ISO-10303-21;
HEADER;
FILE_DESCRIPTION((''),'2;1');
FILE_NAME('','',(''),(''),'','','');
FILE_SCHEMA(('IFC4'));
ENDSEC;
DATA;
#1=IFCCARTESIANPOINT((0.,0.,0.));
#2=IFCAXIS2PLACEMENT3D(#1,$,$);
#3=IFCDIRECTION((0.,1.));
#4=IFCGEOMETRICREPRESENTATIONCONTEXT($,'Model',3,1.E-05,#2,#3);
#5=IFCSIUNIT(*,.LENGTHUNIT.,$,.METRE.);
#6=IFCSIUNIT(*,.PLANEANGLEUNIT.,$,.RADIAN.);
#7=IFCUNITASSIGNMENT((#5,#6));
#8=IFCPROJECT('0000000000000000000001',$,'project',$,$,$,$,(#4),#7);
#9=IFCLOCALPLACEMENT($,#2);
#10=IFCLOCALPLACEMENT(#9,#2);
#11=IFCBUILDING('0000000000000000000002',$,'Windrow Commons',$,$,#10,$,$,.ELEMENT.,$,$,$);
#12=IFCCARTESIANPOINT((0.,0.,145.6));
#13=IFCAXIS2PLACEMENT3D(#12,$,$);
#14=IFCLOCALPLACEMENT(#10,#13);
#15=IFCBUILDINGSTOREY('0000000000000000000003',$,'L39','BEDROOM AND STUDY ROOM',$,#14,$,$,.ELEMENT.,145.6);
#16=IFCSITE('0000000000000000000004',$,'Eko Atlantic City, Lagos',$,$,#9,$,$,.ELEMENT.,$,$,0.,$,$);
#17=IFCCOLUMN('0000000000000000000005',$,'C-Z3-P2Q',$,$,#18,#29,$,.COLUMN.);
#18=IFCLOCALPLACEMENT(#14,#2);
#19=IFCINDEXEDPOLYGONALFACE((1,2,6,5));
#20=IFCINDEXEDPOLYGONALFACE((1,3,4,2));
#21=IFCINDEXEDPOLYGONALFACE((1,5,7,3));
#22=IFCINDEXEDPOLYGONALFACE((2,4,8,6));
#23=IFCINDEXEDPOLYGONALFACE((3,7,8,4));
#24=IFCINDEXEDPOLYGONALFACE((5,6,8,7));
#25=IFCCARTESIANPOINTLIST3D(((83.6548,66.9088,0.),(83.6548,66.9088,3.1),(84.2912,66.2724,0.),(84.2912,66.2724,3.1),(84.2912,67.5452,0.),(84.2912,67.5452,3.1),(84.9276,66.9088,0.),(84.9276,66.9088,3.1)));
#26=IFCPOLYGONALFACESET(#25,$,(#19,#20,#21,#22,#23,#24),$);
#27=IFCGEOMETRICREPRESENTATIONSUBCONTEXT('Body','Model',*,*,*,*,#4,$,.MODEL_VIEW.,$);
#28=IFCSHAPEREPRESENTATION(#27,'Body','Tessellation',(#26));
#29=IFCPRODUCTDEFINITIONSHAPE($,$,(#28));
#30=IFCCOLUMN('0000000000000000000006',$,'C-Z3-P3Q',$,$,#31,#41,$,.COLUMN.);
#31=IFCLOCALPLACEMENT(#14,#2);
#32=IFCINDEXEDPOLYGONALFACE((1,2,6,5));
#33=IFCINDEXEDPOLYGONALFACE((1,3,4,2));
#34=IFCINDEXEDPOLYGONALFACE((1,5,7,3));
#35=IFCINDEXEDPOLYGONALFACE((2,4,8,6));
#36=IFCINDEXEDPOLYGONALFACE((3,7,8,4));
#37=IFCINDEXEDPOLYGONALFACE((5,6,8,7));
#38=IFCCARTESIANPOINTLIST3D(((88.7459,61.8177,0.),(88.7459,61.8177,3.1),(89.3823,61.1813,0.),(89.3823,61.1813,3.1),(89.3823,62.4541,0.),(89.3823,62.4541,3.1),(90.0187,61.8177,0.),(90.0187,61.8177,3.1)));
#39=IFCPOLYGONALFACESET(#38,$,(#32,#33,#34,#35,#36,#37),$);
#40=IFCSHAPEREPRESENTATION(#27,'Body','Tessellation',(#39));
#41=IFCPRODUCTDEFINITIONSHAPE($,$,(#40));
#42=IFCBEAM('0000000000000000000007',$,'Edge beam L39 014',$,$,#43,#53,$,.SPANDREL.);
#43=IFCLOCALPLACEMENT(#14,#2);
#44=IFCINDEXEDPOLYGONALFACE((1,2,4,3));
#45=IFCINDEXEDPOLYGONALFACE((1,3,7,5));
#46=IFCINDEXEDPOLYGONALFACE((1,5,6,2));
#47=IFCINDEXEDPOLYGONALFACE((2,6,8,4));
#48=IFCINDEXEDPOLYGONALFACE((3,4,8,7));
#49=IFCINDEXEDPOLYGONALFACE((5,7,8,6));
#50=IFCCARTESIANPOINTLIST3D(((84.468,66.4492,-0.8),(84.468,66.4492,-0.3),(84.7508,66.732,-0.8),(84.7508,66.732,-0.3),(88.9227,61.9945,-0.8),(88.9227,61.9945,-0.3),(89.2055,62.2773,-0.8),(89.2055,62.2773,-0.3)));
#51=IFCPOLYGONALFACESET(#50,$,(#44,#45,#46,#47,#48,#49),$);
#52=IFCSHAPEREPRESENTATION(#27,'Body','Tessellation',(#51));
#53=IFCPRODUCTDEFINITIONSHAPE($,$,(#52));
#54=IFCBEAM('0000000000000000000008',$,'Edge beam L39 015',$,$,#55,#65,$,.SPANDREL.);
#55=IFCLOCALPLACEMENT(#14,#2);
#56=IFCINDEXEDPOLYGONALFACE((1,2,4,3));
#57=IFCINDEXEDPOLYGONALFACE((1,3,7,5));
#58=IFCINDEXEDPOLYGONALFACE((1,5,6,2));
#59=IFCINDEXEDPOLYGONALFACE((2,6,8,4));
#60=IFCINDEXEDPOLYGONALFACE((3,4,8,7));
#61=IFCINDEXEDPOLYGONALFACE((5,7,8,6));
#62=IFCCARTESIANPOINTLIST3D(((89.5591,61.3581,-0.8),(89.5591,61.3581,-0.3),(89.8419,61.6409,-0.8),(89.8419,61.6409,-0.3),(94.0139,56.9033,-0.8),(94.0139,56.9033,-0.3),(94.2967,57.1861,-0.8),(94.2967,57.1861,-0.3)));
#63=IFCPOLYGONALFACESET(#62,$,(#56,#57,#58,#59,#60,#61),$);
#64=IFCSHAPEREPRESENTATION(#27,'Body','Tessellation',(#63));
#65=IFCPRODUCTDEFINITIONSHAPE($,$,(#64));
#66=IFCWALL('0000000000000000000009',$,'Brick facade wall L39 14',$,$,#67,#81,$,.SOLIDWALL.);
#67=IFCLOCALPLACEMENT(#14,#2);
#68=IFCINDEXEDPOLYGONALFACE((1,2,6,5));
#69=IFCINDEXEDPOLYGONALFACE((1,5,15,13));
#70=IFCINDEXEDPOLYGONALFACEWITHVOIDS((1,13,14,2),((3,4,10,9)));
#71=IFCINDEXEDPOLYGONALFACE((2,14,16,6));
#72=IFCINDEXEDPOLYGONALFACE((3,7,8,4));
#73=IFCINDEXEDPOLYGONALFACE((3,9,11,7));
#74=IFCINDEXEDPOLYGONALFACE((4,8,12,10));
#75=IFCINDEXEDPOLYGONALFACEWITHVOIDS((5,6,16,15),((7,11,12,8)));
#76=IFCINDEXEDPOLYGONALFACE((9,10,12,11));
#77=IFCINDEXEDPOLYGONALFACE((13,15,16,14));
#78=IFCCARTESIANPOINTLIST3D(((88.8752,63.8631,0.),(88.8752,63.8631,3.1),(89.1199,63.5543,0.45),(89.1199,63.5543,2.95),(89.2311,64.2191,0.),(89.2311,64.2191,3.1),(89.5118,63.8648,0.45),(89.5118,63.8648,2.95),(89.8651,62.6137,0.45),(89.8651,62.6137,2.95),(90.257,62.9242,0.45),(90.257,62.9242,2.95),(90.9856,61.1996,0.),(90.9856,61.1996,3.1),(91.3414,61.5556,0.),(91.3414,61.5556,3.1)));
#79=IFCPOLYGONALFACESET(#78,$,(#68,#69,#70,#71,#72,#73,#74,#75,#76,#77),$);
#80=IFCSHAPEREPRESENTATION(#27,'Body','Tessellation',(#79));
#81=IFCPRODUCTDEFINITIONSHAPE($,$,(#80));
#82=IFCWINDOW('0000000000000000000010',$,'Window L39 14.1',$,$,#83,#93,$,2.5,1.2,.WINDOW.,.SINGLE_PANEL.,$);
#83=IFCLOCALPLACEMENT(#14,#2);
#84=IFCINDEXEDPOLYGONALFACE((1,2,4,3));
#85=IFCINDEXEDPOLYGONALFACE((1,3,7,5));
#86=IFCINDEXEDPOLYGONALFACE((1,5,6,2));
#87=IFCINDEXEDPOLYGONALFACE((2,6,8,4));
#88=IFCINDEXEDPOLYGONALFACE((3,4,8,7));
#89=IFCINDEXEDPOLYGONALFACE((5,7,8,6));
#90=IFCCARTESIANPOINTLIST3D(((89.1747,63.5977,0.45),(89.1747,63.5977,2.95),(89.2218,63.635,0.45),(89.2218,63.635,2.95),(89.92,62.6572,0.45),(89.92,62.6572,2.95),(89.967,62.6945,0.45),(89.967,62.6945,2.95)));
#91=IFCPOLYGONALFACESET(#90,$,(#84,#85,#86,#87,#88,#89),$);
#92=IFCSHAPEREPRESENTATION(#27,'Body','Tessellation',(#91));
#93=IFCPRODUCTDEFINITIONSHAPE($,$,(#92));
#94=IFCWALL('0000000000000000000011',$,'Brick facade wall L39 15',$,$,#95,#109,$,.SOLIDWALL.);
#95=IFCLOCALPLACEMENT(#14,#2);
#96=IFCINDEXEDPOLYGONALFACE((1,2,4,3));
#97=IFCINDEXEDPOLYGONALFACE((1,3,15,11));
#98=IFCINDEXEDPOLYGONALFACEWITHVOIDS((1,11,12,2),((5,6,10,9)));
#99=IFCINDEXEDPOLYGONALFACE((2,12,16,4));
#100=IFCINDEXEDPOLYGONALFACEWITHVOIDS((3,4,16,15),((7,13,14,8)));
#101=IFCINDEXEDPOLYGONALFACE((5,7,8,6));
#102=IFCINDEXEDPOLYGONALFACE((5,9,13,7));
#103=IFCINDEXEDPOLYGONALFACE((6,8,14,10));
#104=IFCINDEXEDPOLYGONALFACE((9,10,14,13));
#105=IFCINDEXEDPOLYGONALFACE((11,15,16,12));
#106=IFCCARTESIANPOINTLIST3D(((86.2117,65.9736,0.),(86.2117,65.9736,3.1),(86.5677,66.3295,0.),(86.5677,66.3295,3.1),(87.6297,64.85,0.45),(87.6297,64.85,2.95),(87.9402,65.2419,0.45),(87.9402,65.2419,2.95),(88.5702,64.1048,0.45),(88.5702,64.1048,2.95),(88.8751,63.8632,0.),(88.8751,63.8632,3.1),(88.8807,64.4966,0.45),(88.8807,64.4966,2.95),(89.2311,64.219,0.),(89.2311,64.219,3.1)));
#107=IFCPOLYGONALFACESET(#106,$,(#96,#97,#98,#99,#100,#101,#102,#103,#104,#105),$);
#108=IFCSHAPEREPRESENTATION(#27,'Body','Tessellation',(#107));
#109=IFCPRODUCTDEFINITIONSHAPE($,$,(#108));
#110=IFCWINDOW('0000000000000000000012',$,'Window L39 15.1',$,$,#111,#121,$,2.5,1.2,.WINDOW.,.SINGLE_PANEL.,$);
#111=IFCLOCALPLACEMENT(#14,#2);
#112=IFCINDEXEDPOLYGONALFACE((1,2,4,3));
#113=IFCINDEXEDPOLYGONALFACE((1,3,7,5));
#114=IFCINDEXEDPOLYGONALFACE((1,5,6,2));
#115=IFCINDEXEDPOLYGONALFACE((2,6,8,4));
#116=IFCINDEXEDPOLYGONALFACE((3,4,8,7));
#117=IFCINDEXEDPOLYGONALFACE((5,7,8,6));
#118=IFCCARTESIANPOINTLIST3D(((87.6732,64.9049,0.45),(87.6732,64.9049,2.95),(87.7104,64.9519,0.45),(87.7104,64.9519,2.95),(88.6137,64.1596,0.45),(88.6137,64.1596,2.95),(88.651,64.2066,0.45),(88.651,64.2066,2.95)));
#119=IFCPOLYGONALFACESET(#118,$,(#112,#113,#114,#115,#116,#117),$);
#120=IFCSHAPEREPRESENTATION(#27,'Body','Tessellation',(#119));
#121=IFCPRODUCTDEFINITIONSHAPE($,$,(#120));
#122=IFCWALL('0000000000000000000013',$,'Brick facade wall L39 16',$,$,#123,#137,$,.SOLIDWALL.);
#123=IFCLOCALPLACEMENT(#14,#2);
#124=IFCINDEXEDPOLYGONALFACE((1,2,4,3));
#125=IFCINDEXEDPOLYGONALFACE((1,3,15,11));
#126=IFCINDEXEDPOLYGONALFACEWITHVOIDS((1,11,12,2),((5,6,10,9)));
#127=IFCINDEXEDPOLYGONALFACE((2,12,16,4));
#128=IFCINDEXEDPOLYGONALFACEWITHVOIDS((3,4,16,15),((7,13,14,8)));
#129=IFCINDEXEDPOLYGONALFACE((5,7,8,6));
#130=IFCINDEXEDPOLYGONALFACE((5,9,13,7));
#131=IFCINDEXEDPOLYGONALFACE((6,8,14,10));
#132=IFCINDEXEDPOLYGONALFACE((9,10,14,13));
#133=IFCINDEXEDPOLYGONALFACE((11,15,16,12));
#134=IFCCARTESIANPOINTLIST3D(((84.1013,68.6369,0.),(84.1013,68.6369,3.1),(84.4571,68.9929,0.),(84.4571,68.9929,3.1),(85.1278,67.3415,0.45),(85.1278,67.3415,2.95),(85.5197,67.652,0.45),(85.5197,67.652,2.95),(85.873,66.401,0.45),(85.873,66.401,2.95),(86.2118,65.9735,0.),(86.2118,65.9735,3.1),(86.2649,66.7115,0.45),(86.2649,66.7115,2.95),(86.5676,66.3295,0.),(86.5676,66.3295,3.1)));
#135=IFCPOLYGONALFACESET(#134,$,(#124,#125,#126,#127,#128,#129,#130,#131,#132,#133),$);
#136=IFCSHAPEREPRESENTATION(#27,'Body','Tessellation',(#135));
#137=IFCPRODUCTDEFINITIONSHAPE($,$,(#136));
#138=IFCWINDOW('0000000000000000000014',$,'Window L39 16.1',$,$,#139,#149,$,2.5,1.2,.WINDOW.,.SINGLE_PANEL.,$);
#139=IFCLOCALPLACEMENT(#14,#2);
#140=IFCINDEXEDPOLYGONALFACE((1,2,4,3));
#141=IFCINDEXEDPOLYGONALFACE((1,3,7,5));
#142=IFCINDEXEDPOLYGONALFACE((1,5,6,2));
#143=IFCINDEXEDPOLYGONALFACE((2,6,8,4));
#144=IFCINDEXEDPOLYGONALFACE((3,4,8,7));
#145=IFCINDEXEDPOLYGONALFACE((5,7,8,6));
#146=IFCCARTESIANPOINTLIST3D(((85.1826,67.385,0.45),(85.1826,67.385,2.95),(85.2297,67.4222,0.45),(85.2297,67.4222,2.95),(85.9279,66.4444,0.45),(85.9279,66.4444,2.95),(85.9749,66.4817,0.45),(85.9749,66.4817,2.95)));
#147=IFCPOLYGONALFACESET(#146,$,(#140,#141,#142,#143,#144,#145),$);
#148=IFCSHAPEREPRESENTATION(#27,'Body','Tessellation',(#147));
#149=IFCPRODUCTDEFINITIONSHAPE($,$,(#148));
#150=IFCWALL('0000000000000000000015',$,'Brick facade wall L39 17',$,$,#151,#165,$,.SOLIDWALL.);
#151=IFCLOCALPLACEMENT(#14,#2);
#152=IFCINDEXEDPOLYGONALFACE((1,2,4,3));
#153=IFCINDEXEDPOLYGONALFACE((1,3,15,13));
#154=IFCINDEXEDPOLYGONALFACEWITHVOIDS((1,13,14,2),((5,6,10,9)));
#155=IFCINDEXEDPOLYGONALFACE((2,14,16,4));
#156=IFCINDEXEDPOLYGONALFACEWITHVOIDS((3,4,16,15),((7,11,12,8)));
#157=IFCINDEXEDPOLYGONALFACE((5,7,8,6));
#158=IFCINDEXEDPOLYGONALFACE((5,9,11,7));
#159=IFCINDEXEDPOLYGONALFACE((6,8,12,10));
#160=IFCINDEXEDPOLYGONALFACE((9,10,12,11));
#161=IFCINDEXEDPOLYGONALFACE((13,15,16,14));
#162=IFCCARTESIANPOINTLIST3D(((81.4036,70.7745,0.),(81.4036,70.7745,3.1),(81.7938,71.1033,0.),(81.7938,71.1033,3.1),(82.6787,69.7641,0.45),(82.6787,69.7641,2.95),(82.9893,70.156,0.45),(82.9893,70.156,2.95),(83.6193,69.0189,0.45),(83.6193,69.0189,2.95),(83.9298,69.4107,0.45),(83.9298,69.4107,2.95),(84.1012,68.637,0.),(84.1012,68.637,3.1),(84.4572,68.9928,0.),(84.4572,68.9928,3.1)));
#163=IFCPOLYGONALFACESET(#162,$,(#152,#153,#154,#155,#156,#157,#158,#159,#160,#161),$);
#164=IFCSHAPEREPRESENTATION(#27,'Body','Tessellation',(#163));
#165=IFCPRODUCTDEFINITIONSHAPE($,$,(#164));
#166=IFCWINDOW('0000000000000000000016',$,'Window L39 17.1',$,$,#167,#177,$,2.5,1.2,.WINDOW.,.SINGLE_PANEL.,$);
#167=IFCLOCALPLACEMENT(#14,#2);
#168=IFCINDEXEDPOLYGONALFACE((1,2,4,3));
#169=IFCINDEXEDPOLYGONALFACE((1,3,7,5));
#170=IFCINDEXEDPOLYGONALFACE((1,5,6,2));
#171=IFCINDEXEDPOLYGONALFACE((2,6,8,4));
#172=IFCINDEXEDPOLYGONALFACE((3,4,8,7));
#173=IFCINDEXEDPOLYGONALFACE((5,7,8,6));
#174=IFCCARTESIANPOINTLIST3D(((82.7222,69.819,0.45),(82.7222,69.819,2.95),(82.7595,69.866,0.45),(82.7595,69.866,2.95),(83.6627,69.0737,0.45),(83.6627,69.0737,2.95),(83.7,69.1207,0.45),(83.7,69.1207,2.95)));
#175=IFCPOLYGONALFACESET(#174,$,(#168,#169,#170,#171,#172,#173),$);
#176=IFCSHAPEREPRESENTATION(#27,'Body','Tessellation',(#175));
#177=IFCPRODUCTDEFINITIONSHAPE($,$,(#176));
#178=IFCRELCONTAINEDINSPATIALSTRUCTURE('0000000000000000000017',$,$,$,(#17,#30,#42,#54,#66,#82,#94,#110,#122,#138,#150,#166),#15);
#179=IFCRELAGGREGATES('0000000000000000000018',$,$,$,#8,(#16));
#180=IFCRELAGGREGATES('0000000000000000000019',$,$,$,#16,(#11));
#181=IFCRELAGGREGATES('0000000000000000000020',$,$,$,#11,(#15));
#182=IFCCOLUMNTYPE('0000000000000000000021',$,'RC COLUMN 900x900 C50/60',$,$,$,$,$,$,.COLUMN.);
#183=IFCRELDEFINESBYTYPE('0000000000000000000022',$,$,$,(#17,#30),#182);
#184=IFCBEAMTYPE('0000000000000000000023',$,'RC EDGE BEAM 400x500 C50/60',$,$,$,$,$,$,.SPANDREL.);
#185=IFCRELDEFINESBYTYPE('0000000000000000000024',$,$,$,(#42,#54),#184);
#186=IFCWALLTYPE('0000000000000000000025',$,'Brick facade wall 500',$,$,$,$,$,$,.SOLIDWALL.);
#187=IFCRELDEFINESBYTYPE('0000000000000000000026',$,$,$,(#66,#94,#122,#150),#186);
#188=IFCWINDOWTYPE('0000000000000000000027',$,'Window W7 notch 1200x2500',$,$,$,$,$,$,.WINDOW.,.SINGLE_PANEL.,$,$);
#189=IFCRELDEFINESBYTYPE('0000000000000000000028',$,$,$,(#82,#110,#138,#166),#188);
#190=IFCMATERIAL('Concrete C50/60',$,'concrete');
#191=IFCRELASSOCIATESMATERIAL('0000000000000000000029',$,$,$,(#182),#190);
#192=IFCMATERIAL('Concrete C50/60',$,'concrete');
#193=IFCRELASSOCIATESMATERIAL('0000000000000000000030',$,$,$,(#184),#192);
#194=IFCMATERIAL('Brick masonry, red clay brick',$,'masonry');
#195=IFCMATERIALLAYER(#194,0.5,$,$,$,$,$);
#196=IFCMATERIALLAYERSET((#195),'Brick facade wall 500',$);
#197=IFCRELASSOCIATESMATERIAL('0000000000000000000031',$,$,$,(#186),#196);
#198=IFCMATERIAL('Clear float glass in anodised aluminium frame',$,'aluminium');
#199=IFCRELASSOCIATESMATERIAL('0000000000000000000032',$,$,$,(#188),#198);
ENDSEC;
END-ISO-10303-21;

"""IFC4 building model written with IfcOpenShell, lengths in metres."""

from ifc_helpers import new_model, si_unit, direction, frame, frame_2d, origin, origin_2d, place, context, subcontext, project, spatial, polyline, rectangle, outline, extrude, material, layer, layer_set, material_profile, profile_set, type_object, element, fill, save


model = new_model("IFC4")

# Units and contexts
model_context = context("Model", 3, precision=1e-05, world=origin(), true_north=direction((0.0, 1.0)))
body_context = subcontext(model_context, "Body", "Model", "MODEL_VIEW")
ifc_project = project(units=[si_unit("LENGTHUNIT", "METRE"), si_unit("PLANEANGLEUNIT", "RADIAN")], contexts=[model_context])

# Site, building, storey
site_placement = place(None, origin())
site = spatial("IfcSite", under=ifc_project, at=site_placement, Name="Eko Atlantic City, Lagos", CompositionType="ELEMENT", RefElevation=0.0)
building_placement = place(site_placement, origin())
building = spatial("IfcBuilding", under=site, at=building_placement, Name="Windrow Commons", CompositionType="ELEMENT")
storey_placement = place(building_placement, frame((0.0, 0.0, 145.6)))
storey = spatial("IfcBuildingStorey", under=building, at=storey_placement, Name="L39", Description="BEDROOM AND STUDY ROOM", CompositionType="ELEMENT", Elevation=145.6)

# Columns
ifc_material_1 = material(Name="Concrete C50/60", Category="concrete")
ifc_material_profile_1 = material_profile(ifc_material_1, rectangle(XDim=0.9, YDim=0.9, at=origin_2d()))
ifc_profile_set_1 = profile_set([ifc_material_profile_1], Name="Concrete C50/60")
column_type = type_object("IfcColumnType", Name="RC COLUMN 900x900 C50/60", PredefinedType="COLUMN", material=ifc_profile_set_1)
for number, where, z_axis, x_axis, name in (
    (1, (84.2912, 66.9088, 0.0), (0.0, 0.0, 1.0), (0.707107, -0.707107, 0.0), "C-Z3-P2Q"),
    (2, (89.3823, 61.8177, 0.0), (0.0, 0.0, 1.0), (0.707107, -0.707107, 0.0), "C-Z3-P3Q"),
):
    element("IfcColumn", number, at=place(storey_placement, frame(where, z_axis=z_axis, x_axis=x_axis)), inside=storey, type_object=column_type, Name=name, PredefinedType="COLUMN", context=body_context, shape_type="SweptSolid", body=[
        extrude(rectangle(XDim=0.9, YDim=0.9, at=origin_2d()), origin(), (0.0, 0.0, 1.0), 3.1),
    ])

# Beams
ifc_material_2 = material(Name="Concrete C50/60", Category="concrete")
ifc_material_profile_2 = material_profile(ifc_material_2, rectangle(XDim=0.4, YDim=0.5, at=origin_2d()))
ifc_profile_set_2 = profile_set([ifc_material_profile_2], Name="Concrete C50/60")
beam_type = type_object("IfcBeamType", Name="RC EDGE BEAM 400x500 C50/60", PredefinedType="SPANDREL", material=ifc_profile_set_2)
beam_1_placement = place(storey_placement, frame((84.6094, 66.5906, -0.55), z_axis=(0.707107, -0.707107, 0.0), x_axis=(0.707107, 0.707107, 0.0)))
element("IfcBeam", 3, at=beam_1_placement, inside=storey, type_object=beam_type, Name="Edge beam L39 014", PredefinedType="SPANDREL", context=body_context, shape_type="SweptSolid", body=[
    extrude(rectangle(XDim=0.4, YDim=0.5, at=origin_2d()), origin(), (0.0, 0.0, 1.0), 6.2999),
])
beam_2_placement = place(storey_placement, frame((89.7005, 61.4995, -0.55), z_axis=(0.707107, -0.707107, 0.0), x_axis=(0.707107, 0.707107, 0.0)))
element("IfcBeam", 4, at=beam_2_placement, inside=storey, type_object=beam_type, Name="Edge beam L39 015", PredefinedType="SPANDREL", context=body_context, shape_type="SweptSolid", body=[
    extrude(rectangle(XDim=0.4, YDim=0.5, at=origin_2d()), origin(), (0.0, 0.0, 1.0), 6.3),
])

# Walls, openings, windows
ifc_material_3 = material(Name="Brick masonry, red clay brick", Category="masonry")
ifc_layer_1 = layer(ifc_material_3, 0.5)
ifc_layer_set_1 = layer_set([ifc_layer_1], Name="Brick facade wall 500")
wall_type_1 = type_object("IfcWallType", Name="Brick facade wall 500", PredefinedType="SOLIDWALL", material=ifc_layer_set_1)
wall_1_placement = place(storey_placement, frame((91.1635, 61.3776, 0.0), z_axis=(0.0, 0.0, 1.0), x_axis=(-0.621028, 0.783789, 0.0)))
wall_1 = element("IfcWall", 5, at=wall_1_placement, inside=storey, type_object=wall_type_1, Name="Brick facade wall L39 14", PredefinedType="SOLIDWALL", context=body_context, shape_type="SweptSolid", body=[
    extrude(outline(polyline([(0.029, -0.25), (3.4272, -0.25), (3.3692, 0.25), (-0.029, 0.25), (0.029, -0.25)])), origin(), (0.0, 0.0, 1.0), 3.1),
])
opening_1_placement = place(wall_1_placement, frame((1.7752, 0.0, 0.45)))
opening_1 = element("IfcOpeningElement", 6, at=opening_1_placement, cuts=wall_1, PredefinedType="OPENING", context=body_context, shape_type="SweptSolid", body=[
    extrude(rectangle(XDim=1.2, YDim=2.5, at=frame_2d((0.6, 1.25))), frame((0.0, 0.26, 0.0), z_axis=(0.0, -1.0, 0.0), x_axis=(1.0, 0.0, 0.0)), (0.0, 0.0, 1.0), 0.52),
])
ifc_material_4 = material(Name="Clear float glass in anodised aluminium frame", Category="aluminium")
window_type = type_object("IfcWindowType", Name="Window W7 notch 1200x2500", PartitioningType="SINGLE_PANEL", PredefinedType="WINDOW", material=ifc_material_4)
window_1_placement = place(opening_1_placement, origin())
window_1 = element("IfcWindow", 7, at=window_1_placement, inside=storey, type_object=window_type, Name="Window L39 14.1", OverallHeight=2.5, OverallWidth=1.2, PartitioningType="SINGLE_PANEL", PredefinedType="WINDOW", context=body_context, shape_type="SweptSolid", body=[
    extrude(rectangle(XDim=1.2, YDim=2.5, at=frame_2d((0.6, 1.25))), frame((0.0, 0.18, 0.0), z_axis=(0.0, -1.0, 0.0), x_axis=(1.0, 0.0, 0.0)), (0.0, 0.0, 1.0), 0.06),
])
fill(opening_1, window_1)
wall_2_placement = place(storey_placement, frame((89.0531, 64.0411, 0.0), z_axis=(0.0, 0.0, 1.0), x_axis=(-0.783777, 0.621042, 0.0)))
wall_2 = element("IfcWall", 8, at=wall_2_placement, inside=storey, type_object=wall_type_1, Name="Brick facade wall L39 15", PredefinedType="SOLIDWALL", context=body_context, shape_type="SweptSolid", body=[
    extrude(outline(polyline([(-0.029, -0.25), (3.3692, -0.25), (3.4272, 0.25), (0.029, 0.25), (-0.029, -0.25)])), origin(), (0.0, 0.0, 1.0), 3.1),
])
opening_2_placement = place(wall_2_placement, frame((0.418, 0.0, 0.45)))
opening_2 = element("IfcOpeningElement", 9, at=opening_2_placement, cuts=wall_2, PredefinedType="OPENING", context=body_context, shape_type="SweptSolid", body=[
    extrude(rectangle(XDim=1.2, YDim=2.5, at=frame_2d((0.6, 1.25))), frame((0.0, 0.26, 0.0), z_axis=(0.0, -1.0, 0.0), x_axis=(1.0, 0.0, 0.0)), (0.0, 0.0, 1.0), 0.52),
])
window_2_placement = place(opening_2_placement, origin())
window_2 = element("IfcWindow", 10, at=window_2_placement, inside=storey, type_object=window_type, Name="Window L39 15.1", OverallHeight=2.5, OverallWidth=1.2, PartitioningType="SINGLE_PANEL", PredefinedType="WINDOW", context=body_context, shape_type="SweptSolid", body=[
    extrude(rectangle(XDim=1.2, YDim=2.5, at=frame_2d((0.6, 1.25))), frame((0.0, 0.18, 0.0), z_axis=(0.0, -1.0, 0.0), x_axis=(1.0, 0.0, 0.0)), (0.0, 0.0, 1.0), 0.06),
])
fill(opening_2, window_2)
wall_3_placement = place(storey_placement, frame((86.3897, 66.1515, 0.0), z_axis=(0.0, 0.0, 1.0), x_axis=(-0.62106, 0.783763, 0.0)))
wall_3 = element("IfcWall", 11, at=wall_3_placement, inside=storey, type_object=wall_type_1, Name="Brick facade wall L39 16", PredefinedType="SOLIDWALL", context=body_context, shape_type="SweptSolid", body=[
    extrude(outline(polyline([(0.029, -0.25), (3.4272, -0.25), (3.3692, 0.25), (-0.029, 0.25), (0.029, -0.25)])), origin(), (0.0, 0.0, 1.0), 3.1),
])
opening_3_placement = place(wall_3_placement, frame((0.5164, 0.0, 0.45)))
opening_3 = element("IfcOpeningElement", 12, at=opening_3_placement, cuts=wall_3, PredefinedType="OPENING", context=body_context, shape_type="SweptSolid", body=[
    extrude(rectangle(XDim=1.2, YDim=2.5, at=frame_2d((0.6, 1.25))), frame((0.0, 0.26, 0.0), z_axis=(0.0, -1.0, 0.0), x_axis=(1.0, 0.0, 0.0)), (0.0, 0.0, 1.0), 0.52),
])
window_3_placement = place(opening_3_placement, origin())
window_3 = element("IfcWindow", 13, at=window_3_placement, inside=storey, type_object=window_type, Name="Window L39 16.1", OverallHeight=2.5, OverallWidth=1.2, PartitioningType="SINGLE_PANEL", PredefinedType="WINDOW", context=body_context, shape_type="SweptSolid", body=[
    extrude(rectangle(XDim=1.2, YDim=2.5, at=frame_2d((0.6, 1.25))), frame((0.0, 0.18, 0.0), z_axis=(0.0, -1.0, 0.0), x_axis=(1.0, 0.0, 0.0)), (0.0, 0.0, 1.0), 0.06),
])
fill(opening_3, window_3)
wall_4_placement = place(storey_placement, frame((84.2792, 68.8149, 0.0), z_axis=(0.0, 0.0, 1.0), x_axis=(-0.78377, 0.621051, 0.0)))
wall_4 = element("IfcWall", 14, at=wall_4_placement, inside=storey, type_object=wall_type_1, Name="Brick facade wall L39 17", PredefinedType="SOLIDWALL", context=body_context, shape_type="SweptSolid", body=[
    extrude(outline(polyline([(-0.029, -0.25), (3.3692, -0.25), (3.4708, 0.25), (0.029, 0.25), (-0.029, -0.25)])), origin(), (0.0, 0.0, 1.0), 3.1),
])
opening_4_placement = place(wall_4_placement, frame((0.6439, 0.0, 0.45)))
opening_4 = element("IfcOpeningElement", 15, at=opening_4_placement, cuts=wall_4, PredefinedType="OPENING", context=body_context, shape_type="SweptSolid", body=[
    extrude(rectangle(XDim=1.2, YDim=2.5, at=frame_2d((0.6, 1.25))), frame((0.0, 0.26, 0.0), z_axis=(0.0, -1.0, 0.0), x_axis=(1.0, 0.0, 0.0)), (0.0, 0.0, 1.0), 0.52),
])
window_4_placement = place(opening_4_placement, origin())
window_4 = element("IfcWindow", 16, at=window_4_placement, inside=storey, type_object=window_type, Name="Window L39 17.1", OverallHeight=2.5, OverallWidth=1.2, PartitioningType="SINGLE_PANEL", PredefinedType="WINDOW", context=body_context, shape_type="SweptSolid", body=[
    extrude(rectangle(XDim=1.2, YDim=2.5, at=frame_2d((0.6, 1.25))), frame((0.0, 0.18, 0.0), z_axis=(0.0, -1.0, 0.0), x_axis=(1.0, 0.0, 0.0)), (0.0, 0.0, 1.0), 0.06),
])
fill(opening_4, window_4)

save(model, "model.ifc")
